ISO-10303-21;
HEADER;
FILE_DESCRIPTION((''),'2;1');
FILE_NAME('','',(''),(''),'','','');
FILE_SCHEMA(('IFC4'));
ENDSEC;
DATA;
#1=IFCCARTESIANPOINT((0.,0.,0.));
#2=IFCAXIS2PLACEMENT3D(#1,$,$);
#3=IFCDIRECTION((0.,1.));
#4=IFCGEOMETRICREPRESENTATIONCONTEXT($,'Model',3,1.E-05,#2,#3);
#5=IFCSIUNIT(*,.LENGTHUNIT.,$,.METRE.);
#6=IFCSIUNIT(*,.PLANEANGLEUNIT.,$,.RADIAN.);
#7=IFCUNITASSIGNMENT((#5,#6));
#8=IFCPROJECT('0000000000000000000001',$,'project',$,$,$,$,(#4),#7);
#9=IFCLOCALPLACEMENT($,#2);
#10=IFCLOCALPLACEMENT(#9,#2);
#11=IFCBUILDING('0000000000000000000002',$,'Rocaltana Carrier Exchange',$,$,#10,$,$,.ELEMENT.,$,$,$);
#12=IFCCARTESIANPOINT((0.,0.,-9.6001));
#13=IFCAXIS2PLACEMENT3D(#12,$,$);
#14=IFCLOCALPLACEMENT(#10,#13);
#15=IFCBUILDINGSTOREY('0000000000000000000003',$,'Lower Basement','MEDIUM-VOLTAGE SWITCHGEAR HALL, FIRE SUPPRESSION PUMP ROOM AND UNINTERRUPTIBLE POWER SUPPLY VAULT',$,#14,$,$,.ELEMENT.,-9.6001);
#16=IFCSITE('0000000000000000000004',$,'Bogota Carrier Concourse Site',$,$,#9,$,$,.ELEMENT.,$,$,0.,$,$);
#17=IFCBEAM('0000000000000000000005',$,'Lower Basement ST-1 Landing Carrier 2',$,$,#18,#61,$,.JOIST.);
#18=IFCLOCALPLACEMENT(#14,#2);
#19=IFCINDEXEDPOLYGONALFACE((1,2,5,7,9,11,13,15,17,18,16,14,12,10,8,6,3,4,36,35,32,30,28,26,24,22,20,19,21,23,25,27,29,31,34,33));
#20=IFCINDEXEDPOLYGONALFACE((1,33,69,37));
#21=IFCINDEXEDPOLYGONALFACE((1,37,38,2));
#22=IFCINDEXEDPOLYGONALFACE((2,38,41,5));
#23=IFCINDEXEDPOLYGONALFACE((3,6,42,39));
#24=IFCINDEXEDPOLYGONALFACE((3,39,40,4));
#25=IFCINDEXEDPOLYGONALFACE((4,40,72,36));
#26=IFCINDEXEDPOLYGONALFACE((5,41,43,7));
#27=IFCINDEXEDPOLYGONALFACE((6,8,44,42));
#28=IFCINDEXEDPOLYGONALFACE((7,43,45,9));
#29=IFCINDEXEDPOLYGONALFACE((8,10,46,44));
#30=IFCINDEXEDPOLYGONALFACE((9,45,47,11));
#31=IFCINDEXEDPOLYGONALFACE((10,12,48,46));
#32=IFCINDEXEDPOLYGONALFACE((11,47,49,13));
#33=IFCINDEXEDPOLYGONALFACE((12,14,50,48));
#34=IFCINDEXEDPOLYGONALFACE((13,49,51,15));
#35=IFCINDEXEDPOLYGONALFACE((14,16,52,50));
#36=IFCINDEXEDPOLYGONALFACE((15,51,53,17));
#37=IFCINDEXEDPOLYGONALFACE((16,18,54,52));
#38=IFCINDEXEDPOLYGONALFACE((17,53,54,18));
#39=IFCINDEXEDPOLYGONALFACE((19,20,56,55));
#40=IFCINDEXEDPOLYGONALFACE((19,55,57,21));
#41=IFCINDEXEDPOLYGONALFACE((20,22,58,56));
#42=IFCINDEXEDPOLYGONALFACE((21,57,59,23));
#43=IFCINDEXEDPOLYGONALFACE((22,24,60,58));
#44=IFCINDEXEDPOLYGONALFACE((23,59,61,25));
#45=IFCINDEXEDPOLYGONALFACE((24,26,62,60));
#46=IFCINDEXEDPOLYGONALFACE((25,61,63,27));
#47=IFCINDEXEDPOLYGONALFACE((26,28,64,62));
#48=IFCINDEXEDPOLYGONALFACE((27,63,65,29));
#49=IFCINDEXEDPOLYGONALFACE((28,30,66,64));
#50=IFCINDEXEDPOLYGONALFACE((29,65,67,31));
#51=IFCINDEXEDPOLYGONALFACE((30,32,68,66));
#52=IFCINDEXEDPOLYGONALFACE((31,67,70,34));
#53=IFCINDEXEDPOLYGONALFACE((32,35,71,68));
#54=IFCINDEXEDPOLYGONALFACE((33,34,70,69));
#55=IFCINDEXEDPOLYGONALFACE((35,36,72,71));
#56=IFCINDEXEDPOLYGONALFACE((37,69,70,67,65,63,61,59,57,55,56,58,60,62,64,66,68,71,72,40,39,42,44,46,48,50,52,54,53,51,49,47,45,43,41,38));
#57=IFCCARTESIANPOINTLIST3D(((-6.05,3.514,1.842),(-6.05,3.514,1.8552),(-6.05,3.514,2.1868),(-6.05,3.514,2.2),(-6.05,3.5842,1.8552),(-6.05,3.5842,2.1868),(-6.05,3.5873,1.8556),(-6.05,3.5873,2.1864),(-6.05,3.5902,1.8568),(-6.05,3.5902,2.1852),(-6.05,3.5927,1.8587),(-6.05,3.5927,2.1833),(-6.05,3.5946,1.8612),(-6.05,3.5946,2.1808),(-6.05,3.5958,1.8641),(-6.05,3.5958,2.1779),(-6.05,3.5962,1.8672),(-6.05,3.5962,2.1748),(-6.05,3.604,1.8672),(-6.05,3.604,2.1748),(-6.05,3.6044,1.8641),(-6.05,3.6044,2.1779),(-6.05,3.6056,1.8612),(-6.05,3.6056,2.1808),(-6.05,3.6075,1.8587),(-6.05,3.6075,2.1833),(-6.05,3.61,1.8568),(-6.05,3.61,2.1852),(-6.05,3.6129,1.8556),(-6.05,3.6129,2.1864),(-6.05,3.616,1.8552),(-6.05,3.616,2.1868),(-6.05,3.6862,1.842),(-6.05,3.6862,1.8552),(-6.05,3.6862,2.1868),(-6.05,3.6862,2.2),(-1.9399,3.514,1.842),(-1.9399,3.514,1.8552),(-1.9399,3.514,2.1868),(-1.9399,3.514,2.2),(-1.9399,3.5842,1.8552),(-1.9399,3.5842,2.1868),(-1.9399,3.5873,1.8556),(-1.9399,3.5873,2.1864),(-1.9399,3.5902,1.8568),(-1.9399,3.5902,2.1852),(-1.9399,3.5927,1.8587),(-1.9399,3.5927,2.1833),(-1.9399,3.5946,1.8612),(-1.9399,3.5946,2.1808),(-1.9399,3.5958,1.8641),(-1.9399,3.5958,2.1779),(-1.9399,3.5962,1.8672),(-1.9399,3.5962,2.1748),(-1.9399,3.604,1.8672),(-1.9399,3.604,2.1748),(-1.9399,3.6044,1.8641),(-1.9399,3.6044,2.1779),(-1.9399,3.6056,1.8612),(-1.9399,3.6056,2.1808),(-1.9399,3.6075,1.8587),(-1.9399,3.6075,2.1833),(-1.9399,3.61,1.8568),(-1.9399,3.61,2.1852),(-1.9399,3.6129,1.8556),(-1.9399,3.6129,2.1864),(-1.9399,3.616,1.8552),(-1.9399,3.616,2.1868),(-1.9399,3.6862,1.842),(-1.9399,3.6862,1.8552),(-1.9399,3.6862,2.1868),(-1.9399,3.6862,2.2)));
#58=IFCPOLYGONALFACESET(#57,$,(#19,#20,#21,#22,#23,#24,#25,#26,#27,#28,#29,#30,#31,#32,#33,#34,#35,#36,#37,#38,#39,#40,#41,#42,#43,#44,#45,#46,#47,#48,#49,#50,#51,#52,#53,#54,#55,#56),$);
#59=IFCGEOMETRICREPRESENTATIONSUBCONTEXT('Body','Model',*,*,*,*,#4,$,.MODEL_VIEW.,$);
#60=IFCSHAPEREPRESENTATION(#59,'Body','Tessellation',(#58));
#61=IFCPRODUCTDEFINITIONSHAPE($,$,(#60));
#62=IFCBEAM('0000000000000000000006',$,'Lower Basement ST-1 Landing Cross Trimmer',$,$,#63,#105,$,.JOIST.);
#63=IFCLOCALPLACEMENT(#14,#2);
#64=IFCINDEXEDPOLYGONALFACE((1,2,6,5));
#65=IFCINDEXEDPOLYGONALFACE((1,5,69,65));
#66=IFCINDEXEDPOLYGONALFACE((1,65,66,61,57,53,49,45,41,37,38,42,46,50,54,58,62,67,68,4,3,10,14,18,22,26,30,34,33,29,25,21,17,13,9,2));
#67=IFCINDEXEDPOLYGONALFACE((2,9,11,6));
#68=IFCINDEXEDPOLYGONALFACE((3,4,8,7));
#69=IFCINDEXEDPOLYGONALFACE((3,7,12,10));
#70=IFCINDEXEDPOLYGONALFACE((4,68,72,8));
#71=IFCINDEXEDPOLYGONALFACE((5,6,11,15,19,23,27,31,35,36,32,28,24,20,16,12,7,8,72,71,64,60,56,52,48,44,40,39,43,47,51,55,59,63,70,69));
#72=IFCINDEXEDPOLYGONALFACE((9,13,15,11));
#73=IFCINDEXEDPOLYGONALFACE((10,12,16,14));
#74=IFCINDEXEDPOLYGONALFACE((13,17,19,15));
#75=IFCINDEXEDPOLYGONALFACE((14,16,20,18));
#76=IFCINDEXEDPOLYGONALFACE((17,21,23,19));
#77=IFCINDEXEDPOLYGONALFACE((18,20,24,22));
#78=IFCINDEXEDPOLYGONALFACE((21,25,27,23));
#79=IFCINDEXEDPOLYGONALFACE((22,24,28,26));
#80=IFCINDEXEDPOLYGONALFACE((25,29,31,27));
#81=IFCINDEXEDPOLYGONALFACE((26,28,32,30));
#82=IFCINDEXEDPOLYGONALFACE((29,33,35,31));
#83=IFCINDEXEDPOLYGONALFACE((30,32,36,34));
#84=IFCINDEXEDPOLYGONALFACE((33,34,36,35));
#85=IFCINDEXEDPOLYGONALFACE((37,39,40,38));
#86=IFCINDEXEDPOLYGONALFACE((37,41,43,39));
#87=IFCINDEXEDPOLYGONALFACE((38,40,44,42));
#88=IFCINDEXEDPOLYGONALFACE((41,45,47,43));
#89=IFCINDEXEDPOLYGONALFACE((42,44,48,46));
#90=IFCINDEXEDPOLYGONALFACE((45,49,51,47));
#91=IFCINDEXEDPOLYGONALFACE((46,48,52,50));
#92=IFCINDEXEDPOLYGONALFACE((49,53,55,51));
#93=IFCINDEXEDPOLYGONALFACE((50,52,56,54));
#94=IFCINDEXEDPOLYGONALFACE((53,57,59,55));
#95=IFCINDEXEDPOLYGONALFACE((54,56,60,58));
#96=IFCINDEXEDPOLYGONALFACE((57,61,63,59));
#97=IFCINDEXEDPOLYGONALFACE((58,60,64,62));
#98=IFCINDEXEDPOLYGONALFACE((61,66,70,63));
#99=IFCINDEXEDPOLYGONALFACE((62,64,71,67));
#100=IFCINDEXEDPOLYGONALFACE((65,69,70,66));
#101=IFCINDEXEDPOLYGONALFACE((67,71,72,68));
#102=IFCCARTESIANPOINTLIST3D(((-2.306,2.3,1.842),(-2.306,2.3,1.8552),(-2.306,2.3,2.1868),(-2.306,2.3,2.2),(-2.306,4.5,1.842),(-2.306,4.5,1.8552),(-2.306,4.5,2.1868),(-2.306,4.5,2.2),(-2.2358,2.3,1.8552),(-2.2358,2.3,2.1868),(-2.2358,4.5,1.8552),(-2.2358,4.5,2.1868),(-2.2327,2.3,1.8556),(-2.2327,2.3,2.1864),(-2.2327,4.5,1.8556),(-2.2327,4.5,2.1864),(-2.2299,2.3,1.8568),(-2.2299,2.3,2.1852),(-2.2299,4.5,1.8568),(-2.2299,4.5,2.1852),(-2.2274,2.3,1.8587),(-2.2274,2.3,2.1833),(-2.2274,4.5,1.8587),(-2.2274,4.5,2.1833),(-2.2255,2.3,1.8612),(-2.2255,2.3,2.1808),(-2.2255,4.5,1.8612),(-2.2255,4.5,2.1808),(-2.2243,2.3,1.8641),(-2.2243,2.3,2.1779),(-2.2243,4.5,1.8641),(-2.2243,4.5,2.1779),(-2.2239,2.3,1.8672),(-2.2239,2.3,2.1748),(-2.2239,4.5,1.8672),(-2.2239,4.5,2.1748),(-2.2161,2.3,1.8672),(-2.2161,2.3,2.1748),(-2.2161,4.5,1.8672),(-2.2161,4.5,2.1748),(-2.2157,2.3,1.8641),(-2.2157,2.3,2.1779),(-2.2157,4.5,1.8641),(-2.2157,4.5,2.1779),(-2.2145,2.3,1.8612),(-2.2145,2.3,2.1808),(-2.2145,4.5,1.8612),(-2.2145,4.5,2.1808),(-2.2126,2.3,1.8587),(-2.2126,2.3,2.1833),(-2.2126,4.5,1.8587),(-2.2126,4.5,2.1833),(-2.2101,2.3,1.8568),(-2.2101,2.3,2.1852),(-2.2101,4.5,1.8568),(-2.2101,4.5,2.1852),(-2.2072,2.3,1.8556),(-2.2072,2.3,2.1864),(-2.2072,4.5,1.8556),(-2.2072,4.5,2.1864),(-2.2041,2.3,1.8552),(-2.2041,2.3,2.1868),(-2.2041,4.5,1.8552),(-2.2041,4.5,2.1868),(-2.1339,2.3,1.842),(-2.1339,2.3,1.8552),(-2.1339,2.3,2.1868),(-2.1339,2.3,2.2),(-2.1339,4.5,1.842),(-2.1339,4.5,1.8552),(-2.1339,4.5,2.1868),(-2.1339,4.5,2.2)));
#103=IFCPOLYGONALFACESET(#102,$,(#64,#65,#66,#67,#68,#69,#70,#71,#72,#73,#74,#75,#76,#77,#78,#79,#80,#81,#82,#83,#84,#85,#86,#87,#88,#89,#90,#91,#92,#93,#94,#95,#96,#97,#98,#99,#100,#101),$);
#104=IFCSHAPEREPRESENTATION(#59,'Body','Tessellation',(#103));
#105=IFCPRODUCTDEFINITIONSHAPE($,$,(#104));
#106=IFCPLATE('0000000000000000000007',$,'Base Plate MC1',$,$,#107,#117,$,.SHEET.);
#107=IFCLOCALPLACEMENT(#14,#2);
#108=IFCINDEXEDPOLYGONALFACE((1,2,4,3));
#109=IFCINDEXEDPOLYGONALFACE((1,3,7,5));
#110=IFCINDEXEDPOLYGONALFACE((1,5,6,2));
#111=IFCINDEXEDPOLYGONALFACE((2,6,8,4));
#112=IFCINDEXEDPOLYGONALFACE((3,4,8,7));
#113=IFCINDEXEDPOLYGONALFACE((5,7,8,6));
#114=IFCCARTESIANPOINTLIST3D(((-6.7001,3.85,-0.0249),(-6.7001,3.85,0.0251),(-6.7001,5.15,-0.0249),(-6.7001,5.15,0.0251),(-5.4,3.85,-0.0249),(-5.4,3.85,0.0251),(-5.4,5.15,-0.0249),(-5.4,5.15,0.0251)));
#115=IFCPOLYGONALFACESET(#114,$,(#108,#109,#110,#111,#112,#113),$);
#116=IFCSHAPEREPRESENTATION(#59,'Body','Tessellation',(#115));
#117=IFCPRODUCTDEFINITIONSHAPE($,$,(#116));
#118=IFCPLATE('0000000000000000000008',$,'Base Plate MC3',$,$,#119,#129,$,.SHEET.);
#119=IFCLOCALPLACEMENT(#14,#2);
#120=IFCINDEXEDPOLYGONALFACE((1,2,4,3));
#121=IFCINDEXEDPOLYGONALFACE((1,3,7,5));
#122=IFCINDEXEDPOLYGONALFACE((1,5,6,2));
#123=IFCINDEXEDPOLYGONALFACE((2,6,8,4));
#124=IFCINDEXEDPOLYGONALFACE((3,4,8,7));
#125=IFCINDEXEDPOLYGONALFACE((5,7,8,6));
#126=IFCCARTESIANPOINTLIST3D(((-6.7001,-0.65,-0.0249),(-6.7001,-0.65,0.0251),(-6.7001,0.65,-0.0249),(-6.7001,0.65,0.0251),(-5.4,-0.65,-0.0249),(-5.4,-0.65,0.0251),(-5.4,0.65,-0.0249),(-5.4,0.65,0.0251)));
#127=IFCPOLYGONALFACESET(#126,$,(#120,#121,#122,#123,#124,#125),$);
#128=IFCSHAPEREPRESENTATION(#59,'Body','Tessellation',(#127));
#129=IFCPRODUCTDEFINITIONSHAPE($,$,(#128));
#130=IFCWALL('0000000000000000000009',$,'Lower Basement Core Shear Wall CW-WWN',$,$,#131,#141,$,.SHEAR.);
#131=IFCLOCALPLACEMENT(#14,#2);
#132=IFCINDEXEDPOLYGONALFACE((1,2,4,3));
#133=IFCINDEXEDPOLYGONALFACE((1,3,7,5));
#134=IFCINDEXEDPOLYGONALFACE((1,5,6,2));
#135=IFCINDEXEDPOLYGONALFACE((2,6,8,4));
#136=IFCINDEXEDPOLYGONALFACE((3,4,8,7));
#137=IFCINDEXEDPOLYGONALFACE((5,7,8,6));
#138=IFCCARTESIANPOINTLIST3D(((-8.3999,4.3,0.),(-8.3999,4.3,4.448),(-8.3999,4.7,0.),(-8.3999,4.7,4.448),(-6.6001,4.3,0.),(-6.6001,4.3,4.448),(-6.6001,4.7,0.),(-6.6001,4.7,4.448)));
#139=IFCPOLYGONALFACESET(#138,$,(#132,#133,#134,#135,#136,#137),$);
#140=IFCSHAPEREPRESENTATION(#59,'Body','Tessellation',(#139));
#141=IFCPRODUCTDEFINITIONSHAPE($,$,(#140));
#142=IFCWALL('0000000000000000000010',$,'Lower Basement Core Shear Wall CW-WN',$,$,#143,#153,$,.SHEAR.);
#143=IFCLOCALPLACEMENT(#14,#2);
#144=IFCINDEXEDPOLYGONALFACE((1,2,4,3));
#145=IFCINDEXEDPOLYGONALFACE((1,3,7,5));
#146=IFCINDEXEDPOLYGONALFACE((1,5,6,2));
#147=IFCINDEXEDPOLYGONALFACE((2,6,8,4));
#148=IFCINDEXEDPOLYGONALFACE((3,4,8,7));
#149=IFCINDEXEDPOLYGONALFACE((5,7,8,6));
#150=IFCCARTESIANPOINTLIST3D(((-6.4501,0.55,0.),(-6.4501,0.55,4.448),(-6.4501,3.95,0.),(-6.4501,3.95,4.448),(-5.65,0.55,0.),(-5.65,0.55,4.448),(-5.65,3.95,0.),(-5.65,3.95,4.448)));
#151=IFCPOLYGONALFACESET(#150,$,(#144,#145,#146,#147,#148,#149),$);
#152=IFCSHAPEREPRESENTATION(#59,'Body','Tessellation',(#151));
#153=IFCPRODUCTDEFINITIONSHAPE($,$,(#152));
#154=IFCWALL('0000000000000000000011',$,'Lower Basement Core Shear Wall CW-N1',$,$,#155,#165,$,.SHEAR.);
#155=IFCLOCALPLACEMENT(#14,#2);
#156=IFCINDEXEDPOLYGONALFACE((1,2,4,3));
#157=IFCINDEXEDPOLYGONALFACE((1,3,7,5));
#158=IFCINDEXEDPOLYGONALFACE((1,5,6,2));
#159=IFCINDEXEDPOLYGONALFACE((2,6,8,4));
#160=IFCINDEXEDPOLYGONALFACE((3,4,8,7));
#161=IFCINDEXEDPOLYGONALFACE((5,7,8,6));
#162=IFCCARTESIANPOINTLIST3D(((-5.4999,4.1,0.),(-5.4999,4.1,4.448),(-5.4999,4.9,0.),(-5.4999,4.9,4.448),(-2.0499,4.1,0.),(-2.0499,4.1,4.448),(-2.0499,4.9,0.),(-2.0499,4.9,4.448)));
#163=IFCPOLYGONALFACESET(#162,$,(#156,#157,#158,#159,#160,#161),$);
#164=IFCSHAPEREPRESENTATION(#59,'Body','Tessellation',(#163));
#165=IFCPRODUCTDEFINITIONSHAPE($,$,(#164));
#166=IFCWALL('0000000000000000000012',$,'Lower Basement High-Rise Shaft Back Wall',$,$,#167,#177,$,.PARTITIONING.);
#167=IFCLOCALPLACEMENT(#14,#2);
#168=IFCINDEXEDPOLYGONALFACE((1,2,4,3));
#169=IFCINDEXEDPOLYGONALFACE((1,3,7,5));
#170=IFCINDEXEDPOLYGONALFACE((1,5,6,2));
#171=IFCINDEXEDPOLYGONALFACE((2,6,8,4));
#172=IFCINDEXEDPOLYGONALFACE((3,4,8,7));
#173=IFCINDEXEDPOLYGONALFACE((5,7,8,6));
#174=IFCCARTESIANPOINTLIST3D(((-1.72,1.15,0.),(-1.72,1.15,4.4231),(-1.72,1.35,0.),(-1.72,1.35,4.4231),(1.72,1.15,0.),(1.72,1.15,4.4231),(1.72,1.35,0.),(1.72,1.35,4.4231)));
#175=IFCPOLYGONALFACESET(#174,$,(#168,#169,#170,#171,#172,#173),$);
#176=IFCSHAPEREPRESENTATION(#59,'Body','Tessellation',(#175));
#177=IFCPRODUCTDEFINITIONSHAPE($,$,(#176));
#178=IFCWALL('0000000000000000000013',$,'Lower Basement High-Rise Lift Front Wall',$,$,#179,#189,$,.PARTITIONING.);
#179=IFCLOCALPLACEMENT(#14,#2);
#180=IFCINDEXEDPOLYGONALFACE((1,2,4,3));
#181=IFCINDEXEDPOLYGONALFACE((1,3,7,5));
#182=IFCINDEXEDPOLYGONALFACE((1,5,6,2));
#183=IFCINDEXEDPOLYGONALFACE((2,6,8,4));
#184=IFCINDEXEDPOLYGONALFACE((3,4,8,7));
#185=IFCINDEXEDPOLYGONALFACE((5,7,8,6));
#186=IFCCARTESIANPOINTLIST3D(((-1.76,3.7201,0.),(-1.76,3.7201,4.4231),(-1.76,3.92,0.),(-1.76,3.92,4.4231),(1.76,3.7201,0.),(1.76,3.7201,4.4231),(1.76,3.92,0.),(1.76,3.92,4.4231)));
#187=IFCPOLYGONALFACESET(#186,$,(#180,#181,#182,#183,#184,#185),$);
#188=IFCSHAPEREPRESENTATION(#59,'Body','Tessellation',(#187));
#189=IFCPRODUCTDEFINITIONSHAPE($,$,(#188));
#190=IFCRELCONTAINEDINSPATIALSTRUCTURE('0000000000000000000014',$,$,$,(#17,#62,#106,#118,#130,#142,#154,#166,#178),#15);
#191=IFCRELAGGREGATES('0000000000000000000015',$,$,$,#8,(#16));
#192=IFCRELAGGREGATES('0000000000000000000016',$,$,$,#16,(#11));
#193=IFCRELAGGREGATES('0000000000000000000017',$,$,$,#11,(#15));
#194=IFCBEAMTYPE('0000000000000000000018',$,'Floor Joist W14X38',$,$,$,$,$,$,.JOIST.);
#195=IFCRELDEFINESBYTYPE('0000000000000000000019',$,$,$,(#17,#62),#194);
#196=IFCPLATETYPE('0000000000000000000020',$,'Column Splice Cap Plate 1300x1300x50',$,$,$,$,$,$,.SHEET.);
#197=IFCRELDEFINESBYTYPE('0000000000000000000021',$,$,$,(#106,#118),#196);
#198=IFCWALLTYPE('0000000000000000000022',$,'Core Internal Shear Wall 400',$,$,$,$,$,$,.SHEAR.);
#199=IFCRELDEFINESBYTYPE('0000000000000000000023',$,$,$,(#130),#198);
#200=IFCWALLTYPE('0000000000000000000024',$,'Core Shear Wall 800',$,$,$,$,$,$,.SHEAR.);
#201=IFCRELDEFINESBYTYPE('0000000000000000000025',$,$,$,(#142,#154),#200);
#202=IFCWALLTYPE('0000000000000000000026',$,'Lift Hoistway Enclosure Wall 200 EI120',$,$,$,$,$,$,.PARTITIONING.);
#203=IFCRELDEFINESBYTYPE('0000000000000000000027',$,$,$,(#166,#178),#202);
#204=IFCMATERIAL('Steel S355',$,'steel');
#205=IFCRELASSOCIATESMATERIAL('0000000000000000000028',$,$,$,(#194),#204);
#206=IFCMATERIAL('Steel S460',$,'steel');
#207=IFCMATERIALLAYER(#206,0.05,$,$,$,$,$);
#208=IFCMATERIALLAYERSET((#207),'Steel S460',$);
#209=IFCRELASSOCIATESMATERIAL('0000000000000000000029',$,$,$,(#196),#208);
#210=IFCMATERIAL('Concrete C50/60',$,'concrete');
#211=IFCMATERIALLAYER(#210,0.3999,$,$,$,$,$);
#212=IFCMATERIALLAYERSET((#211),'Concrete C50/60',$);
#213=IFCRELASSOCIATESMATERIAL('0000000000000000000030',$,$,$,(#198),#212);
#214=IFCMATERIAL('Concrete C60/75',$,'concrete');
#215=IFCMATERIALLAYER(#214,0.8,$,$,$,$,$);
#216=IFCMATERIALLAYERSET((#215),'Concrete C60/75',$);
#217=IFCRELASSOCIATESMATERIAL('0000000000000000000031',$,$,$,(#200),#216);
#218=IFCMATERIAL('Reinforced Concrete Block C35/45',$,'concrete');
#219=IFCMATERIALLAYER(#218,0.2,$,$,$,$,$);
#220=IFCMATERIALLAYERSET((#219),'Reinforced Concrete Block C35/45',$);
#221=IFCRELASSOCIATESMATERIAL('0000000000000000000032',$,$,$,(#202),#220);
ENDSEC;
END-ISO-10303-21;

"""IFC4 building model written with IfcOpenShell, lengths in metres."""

from ifc_helpers import new_model, si_unit, direction, frame, frame_2d, origin, origin_2d, place, context, subcontext, project, spatial, rectangle, i_section, extrude, material, layer, layer_set, material_profile, profile_set, type_object, element, save


model = new_model("IFC4")

# Units and contexts
model_context = context("Model", 3, precision=1e-05, world=origin(), true_north=direction((0.0, 1.0)))
body_context = subcontext(model_context, "Body", "Model", "MODEL_VIEW")
ifc_project = project(units=[si_unit("LENGTHUNIT", "METRE"), si_unit("PLANEANGLEUNIT", "RADIAN")], contexts=[model_context])

# Site, building, storey
site_placement = place(None, origin())
site = spatial("IfcSite", under=ifc_project, at=site_placement, Name="Bogota Carrier Concourse Site", CompositionType="ELEMENT", RefElevation=0.0)
building_placement = place(site_placement, origin())
building = spatial("IfcBuilding", under=site, at=building_placement, Name="Rocaltana Carrier Exchange", CompositionType="ELEMENT")
storey_placement = place(building_placement, frame((0.0, 0.0, -9.6001)))
storey = spatial("IfcBuildingStorey", under=building, at=storey_placement, Name="Lower Basement", Description="MEDIUM-VOLTAGE SWITCHGEAR HALL, FIRE SUPPRESSION PUMP ROOM AND UNINTERRUPTIBLE POWER SUPPLY VAULT", CompositionType="ELEMENT", Elevation=-9.6001)

# Beams
ifc_material_1 = material(Name="Steel S355", Category="steel")
ifc_material_profile_1 = material_profile(ifc_material_1, i_section(OverallWidth=0.1721, OverallDepth=0.3579, WebThickness=0.0078, FlangeThickness=0.0132, FilletRadius=0.012, at=origin_2d()), Name="W14X38")
ifc_profile_set_1 = profile_set([ifc_material_profile_1], Name="Steel S355")
beam_type = type_object("IfcBeamType", Name="Floor Joist W14X38", PredefinedType="JOIST", material=ifc_profile_set_1)
for number, where, z_axis, x_axis, name in (
    (1, (-6.05, 3.6001, 2.021), (1.0, 0.0, 0.0), (0.0, 1.0, 0.0), "Lower Basement ST-1 Landing Carrier 2"),
):
    element("IfcBeam", number, at=place(storey_placement, frame(where, z_axis=z_axis, x_axis=x_axis)), inside=storey, type_object=beam_type, Name=name, PredefinedType="JOIST", context=body_context, shape_type="SweptSolid", body=[
        extrude(i_section(OverallWidth=0.1721, OverallDepth=0.3579, WebThickness=0.0078, FlangeThickness=0.0132, FilletRadius=0.012, at=origin_2d()), origin(), (0.0, 0.0, 1.0), 4.1101),
    ])
beam_placement = place(storey_placement, frame((-2.22, 2.3, 2.021), z_axis=(0.0, 1.0, 0.0), x_axis=(-1.0, 0.0, 0.0)))
element("IfcBeam", 2, at=beam_placement, inside=storey, type_object=beam_type, Name="Lower Basement ST-1 Landing Cross Trimmer", PredefinedType="JOIST", context=body_context, shape_type="SweptSolid", body=[
    extrude(i_section(OverallWidth=0.1721, OverallDepth=0.3579, WebThickness=0.0078, FlangeThickness=0.0132, FilletRadius=0.012, at=origin_2d()), origin(), (0.0, 0.0, 1.0), 2.2),
])

# Plates
ifc_material_2 = material(Name="Steel S460", Category="steel")
ifc_layer_1 = layer(ifc_material_2, 0.05)
ifc_layer_set_1 = layer_set([ifc_layer_1], Name="Steel S460")
plate_type = type_object("IfcPlateType", Name="Column Splice Cap Plate 1300x1300x50", PredefinedType="SHEET", material=ifc_layer_set_1)
for number, where, z_axis, x_axis, name in (
    (3, (-6.05, 4.5, -0.0249), (0.0, 0.0, 1.0), (1.0, 0.0, 0.0), "Base Plate MC1"),
    (4, (-6.05, 0.0, -0.0249), (0.0, 0.0, 1.0), (1.0, 0.0, 0.0), "Base Plate MC3"),
):
    element("IfcPlate", number, at=place(storey_placement, frame(where, z_axis=z_axis, x_axis=x_axis)), inside=storey, type_object=plate_type, Name=name, PredefinedType="SHEET", context=body_context, shape_type="SweptSolid", body=[
        extrude(rectangle(XDim=1.3, YDim=1.3, at=origin_2d()), origin(), (0.0, 0.0, 1.0), 0.05),
    ])

# Walls
ifc_material_3 = material(Name="Concrete C50/60", Category="concrete")
ifc_layer_2 = layer(ifc_material_3, 0.3999)
ifc_layer_set_2 = layer_set([ifc_layer_2], Name="Concrete C50/60")
wall_type_1 = type_object("IfcWallType", Name="Core Internal Shear Wall 400", PredefinedType="SHEAR", material=ifc_layer_set_2)
wall_1_placement = place(storey_placement, frame((-8.3999, 4.5, 0.0), z_axis=(0.0, 0.0, 1.0), x_axis=(1.0, 0.0, 0.0)))
element("IfcWall", 5, at=wall_1_placement, inside=storey, type_object=wall_type_1, Name="Lower Basement Core Shear Wall CW-WWN", PredefinedType="SHEAR", context=body_context, shape_type="SweptSolid", body=[
    extrude(rectangle(XDim=1.7998, YDim=0.3999, at=frame_2d((0.8999, 0.0))), origin(), (0.0, 0.0, 1.0), 4.448),
])
ifc_material_4 = material(Name="Concrete C60/75", Category="concrete")
ifc_layer_3 = layer(ifc_material_4, 0.8)
ifc_layer_set_3 = layer_set([ifc_layer_3], Name="Concrete C60/75")
wall_type_2 = type_object("IfcWallType", Name="Core Shear Wall 800", PredefinedType="SHEAR", material=ifc_layer_set_3)
wall_2_placement = place(storey_placement, frame((-6.05, 0.55, 0.0), z_axis=(0.0, 0.0, 1.0), x_axis=(0.0, 1.0, 0.0)))
element("IfcWall", 6, at=wall_2_placement, inside=storey, type_object=wall_type_2, Name="Lower Basement Core Shear Wall CW-WN", PredefinedType="SHEAR", context=body_context, shape_type="SweptSolid", body=[
    extrude(rectangle(XDim=3.3999, YDim=0.8, at=frame_2d((1.7, 0.0))), origin(), (0.0, 0.0, 1.0), 4.448),
])
wall_3_placement = place(storey_placement, frame((-5.5, 4.5, 0.0), z_axis=(0.0, 0.0, 1.0), x_axis=(1.0, 0.0, 0.0)))
element("IfcWall", 7, at=wall_3_placement, inside=storey, type_object=wall_type_2, Name="Lower Basement Core Shear Wall CW-N1", PredefinedType="SHEAR", context=body_context, shape_type="SweptSolid", body=[
    extrude(rectangle(XDim=3.45, YDim=0.8, at=frame_2d((1.7251, 0.0))), origin(), (0.0, 0.0, 1.0), 4.448),
])
ifc_material_5 = material(Name="Reinforced Concrete Block C35/45", Category="concrete")
ifc_layer_4 = layer(ifc_material_5, 0.2)
ifc_layer_set_4 = layer_set([ifc_layer_4], Name="Reinforced Concrete Block C35/45")
wall_type_3 = type_object("IfcWallType", Name="Lift Hoistway Enclosure Wall 200 EI120", PredefinedType="PARTITIONING", material=ifc_layer_set_4)
wall_4_placement = place(storey_placement, frame((-1.72, 1.25, 0.0), z_axis=(0.0, 0.0, 1.0), x_axis=(1.0, 0.0, 0.0)))
element("IfcWall", 8, at=wall_4_placement, inside=storey, type_object=wall_type_3, Name="Lower Basement High-Rise Shaft Back Wall", PredefinedType="PARTITIONING", context=body_context, shape_type="SweptSolid", body=[
    extrude(rectangle(XDim=3.4399, YDim=0.2, at=frame_2d((1.72, 0.0))), origin(), (0.0, 0.0, 1.0), 4.4231),
])
wall_5_placement = place(storey_placement, frame((-1.76, 3.8201, 0.0), z_axis=(0.0, 0.0, 1.0), x_axis=(1.0, 0.0, 0.0)))
element("IfcWall", 9, at=wall_5_placement, inside=storey, type_object=wall_type_3, Name="Lower Basement High-Rise Lift Front Wall", PredefinedType="PARTITIONING", context=body_context, shape_type="SweptSolid", body=[
    extrude(rectangle(XDim=3.52, YDim=0.2, at=frame_2d((1.76, 0.0))), origin(), (0.0, 0.0, 1.0), 4.4231),
])

save(model, "model.ifc")
